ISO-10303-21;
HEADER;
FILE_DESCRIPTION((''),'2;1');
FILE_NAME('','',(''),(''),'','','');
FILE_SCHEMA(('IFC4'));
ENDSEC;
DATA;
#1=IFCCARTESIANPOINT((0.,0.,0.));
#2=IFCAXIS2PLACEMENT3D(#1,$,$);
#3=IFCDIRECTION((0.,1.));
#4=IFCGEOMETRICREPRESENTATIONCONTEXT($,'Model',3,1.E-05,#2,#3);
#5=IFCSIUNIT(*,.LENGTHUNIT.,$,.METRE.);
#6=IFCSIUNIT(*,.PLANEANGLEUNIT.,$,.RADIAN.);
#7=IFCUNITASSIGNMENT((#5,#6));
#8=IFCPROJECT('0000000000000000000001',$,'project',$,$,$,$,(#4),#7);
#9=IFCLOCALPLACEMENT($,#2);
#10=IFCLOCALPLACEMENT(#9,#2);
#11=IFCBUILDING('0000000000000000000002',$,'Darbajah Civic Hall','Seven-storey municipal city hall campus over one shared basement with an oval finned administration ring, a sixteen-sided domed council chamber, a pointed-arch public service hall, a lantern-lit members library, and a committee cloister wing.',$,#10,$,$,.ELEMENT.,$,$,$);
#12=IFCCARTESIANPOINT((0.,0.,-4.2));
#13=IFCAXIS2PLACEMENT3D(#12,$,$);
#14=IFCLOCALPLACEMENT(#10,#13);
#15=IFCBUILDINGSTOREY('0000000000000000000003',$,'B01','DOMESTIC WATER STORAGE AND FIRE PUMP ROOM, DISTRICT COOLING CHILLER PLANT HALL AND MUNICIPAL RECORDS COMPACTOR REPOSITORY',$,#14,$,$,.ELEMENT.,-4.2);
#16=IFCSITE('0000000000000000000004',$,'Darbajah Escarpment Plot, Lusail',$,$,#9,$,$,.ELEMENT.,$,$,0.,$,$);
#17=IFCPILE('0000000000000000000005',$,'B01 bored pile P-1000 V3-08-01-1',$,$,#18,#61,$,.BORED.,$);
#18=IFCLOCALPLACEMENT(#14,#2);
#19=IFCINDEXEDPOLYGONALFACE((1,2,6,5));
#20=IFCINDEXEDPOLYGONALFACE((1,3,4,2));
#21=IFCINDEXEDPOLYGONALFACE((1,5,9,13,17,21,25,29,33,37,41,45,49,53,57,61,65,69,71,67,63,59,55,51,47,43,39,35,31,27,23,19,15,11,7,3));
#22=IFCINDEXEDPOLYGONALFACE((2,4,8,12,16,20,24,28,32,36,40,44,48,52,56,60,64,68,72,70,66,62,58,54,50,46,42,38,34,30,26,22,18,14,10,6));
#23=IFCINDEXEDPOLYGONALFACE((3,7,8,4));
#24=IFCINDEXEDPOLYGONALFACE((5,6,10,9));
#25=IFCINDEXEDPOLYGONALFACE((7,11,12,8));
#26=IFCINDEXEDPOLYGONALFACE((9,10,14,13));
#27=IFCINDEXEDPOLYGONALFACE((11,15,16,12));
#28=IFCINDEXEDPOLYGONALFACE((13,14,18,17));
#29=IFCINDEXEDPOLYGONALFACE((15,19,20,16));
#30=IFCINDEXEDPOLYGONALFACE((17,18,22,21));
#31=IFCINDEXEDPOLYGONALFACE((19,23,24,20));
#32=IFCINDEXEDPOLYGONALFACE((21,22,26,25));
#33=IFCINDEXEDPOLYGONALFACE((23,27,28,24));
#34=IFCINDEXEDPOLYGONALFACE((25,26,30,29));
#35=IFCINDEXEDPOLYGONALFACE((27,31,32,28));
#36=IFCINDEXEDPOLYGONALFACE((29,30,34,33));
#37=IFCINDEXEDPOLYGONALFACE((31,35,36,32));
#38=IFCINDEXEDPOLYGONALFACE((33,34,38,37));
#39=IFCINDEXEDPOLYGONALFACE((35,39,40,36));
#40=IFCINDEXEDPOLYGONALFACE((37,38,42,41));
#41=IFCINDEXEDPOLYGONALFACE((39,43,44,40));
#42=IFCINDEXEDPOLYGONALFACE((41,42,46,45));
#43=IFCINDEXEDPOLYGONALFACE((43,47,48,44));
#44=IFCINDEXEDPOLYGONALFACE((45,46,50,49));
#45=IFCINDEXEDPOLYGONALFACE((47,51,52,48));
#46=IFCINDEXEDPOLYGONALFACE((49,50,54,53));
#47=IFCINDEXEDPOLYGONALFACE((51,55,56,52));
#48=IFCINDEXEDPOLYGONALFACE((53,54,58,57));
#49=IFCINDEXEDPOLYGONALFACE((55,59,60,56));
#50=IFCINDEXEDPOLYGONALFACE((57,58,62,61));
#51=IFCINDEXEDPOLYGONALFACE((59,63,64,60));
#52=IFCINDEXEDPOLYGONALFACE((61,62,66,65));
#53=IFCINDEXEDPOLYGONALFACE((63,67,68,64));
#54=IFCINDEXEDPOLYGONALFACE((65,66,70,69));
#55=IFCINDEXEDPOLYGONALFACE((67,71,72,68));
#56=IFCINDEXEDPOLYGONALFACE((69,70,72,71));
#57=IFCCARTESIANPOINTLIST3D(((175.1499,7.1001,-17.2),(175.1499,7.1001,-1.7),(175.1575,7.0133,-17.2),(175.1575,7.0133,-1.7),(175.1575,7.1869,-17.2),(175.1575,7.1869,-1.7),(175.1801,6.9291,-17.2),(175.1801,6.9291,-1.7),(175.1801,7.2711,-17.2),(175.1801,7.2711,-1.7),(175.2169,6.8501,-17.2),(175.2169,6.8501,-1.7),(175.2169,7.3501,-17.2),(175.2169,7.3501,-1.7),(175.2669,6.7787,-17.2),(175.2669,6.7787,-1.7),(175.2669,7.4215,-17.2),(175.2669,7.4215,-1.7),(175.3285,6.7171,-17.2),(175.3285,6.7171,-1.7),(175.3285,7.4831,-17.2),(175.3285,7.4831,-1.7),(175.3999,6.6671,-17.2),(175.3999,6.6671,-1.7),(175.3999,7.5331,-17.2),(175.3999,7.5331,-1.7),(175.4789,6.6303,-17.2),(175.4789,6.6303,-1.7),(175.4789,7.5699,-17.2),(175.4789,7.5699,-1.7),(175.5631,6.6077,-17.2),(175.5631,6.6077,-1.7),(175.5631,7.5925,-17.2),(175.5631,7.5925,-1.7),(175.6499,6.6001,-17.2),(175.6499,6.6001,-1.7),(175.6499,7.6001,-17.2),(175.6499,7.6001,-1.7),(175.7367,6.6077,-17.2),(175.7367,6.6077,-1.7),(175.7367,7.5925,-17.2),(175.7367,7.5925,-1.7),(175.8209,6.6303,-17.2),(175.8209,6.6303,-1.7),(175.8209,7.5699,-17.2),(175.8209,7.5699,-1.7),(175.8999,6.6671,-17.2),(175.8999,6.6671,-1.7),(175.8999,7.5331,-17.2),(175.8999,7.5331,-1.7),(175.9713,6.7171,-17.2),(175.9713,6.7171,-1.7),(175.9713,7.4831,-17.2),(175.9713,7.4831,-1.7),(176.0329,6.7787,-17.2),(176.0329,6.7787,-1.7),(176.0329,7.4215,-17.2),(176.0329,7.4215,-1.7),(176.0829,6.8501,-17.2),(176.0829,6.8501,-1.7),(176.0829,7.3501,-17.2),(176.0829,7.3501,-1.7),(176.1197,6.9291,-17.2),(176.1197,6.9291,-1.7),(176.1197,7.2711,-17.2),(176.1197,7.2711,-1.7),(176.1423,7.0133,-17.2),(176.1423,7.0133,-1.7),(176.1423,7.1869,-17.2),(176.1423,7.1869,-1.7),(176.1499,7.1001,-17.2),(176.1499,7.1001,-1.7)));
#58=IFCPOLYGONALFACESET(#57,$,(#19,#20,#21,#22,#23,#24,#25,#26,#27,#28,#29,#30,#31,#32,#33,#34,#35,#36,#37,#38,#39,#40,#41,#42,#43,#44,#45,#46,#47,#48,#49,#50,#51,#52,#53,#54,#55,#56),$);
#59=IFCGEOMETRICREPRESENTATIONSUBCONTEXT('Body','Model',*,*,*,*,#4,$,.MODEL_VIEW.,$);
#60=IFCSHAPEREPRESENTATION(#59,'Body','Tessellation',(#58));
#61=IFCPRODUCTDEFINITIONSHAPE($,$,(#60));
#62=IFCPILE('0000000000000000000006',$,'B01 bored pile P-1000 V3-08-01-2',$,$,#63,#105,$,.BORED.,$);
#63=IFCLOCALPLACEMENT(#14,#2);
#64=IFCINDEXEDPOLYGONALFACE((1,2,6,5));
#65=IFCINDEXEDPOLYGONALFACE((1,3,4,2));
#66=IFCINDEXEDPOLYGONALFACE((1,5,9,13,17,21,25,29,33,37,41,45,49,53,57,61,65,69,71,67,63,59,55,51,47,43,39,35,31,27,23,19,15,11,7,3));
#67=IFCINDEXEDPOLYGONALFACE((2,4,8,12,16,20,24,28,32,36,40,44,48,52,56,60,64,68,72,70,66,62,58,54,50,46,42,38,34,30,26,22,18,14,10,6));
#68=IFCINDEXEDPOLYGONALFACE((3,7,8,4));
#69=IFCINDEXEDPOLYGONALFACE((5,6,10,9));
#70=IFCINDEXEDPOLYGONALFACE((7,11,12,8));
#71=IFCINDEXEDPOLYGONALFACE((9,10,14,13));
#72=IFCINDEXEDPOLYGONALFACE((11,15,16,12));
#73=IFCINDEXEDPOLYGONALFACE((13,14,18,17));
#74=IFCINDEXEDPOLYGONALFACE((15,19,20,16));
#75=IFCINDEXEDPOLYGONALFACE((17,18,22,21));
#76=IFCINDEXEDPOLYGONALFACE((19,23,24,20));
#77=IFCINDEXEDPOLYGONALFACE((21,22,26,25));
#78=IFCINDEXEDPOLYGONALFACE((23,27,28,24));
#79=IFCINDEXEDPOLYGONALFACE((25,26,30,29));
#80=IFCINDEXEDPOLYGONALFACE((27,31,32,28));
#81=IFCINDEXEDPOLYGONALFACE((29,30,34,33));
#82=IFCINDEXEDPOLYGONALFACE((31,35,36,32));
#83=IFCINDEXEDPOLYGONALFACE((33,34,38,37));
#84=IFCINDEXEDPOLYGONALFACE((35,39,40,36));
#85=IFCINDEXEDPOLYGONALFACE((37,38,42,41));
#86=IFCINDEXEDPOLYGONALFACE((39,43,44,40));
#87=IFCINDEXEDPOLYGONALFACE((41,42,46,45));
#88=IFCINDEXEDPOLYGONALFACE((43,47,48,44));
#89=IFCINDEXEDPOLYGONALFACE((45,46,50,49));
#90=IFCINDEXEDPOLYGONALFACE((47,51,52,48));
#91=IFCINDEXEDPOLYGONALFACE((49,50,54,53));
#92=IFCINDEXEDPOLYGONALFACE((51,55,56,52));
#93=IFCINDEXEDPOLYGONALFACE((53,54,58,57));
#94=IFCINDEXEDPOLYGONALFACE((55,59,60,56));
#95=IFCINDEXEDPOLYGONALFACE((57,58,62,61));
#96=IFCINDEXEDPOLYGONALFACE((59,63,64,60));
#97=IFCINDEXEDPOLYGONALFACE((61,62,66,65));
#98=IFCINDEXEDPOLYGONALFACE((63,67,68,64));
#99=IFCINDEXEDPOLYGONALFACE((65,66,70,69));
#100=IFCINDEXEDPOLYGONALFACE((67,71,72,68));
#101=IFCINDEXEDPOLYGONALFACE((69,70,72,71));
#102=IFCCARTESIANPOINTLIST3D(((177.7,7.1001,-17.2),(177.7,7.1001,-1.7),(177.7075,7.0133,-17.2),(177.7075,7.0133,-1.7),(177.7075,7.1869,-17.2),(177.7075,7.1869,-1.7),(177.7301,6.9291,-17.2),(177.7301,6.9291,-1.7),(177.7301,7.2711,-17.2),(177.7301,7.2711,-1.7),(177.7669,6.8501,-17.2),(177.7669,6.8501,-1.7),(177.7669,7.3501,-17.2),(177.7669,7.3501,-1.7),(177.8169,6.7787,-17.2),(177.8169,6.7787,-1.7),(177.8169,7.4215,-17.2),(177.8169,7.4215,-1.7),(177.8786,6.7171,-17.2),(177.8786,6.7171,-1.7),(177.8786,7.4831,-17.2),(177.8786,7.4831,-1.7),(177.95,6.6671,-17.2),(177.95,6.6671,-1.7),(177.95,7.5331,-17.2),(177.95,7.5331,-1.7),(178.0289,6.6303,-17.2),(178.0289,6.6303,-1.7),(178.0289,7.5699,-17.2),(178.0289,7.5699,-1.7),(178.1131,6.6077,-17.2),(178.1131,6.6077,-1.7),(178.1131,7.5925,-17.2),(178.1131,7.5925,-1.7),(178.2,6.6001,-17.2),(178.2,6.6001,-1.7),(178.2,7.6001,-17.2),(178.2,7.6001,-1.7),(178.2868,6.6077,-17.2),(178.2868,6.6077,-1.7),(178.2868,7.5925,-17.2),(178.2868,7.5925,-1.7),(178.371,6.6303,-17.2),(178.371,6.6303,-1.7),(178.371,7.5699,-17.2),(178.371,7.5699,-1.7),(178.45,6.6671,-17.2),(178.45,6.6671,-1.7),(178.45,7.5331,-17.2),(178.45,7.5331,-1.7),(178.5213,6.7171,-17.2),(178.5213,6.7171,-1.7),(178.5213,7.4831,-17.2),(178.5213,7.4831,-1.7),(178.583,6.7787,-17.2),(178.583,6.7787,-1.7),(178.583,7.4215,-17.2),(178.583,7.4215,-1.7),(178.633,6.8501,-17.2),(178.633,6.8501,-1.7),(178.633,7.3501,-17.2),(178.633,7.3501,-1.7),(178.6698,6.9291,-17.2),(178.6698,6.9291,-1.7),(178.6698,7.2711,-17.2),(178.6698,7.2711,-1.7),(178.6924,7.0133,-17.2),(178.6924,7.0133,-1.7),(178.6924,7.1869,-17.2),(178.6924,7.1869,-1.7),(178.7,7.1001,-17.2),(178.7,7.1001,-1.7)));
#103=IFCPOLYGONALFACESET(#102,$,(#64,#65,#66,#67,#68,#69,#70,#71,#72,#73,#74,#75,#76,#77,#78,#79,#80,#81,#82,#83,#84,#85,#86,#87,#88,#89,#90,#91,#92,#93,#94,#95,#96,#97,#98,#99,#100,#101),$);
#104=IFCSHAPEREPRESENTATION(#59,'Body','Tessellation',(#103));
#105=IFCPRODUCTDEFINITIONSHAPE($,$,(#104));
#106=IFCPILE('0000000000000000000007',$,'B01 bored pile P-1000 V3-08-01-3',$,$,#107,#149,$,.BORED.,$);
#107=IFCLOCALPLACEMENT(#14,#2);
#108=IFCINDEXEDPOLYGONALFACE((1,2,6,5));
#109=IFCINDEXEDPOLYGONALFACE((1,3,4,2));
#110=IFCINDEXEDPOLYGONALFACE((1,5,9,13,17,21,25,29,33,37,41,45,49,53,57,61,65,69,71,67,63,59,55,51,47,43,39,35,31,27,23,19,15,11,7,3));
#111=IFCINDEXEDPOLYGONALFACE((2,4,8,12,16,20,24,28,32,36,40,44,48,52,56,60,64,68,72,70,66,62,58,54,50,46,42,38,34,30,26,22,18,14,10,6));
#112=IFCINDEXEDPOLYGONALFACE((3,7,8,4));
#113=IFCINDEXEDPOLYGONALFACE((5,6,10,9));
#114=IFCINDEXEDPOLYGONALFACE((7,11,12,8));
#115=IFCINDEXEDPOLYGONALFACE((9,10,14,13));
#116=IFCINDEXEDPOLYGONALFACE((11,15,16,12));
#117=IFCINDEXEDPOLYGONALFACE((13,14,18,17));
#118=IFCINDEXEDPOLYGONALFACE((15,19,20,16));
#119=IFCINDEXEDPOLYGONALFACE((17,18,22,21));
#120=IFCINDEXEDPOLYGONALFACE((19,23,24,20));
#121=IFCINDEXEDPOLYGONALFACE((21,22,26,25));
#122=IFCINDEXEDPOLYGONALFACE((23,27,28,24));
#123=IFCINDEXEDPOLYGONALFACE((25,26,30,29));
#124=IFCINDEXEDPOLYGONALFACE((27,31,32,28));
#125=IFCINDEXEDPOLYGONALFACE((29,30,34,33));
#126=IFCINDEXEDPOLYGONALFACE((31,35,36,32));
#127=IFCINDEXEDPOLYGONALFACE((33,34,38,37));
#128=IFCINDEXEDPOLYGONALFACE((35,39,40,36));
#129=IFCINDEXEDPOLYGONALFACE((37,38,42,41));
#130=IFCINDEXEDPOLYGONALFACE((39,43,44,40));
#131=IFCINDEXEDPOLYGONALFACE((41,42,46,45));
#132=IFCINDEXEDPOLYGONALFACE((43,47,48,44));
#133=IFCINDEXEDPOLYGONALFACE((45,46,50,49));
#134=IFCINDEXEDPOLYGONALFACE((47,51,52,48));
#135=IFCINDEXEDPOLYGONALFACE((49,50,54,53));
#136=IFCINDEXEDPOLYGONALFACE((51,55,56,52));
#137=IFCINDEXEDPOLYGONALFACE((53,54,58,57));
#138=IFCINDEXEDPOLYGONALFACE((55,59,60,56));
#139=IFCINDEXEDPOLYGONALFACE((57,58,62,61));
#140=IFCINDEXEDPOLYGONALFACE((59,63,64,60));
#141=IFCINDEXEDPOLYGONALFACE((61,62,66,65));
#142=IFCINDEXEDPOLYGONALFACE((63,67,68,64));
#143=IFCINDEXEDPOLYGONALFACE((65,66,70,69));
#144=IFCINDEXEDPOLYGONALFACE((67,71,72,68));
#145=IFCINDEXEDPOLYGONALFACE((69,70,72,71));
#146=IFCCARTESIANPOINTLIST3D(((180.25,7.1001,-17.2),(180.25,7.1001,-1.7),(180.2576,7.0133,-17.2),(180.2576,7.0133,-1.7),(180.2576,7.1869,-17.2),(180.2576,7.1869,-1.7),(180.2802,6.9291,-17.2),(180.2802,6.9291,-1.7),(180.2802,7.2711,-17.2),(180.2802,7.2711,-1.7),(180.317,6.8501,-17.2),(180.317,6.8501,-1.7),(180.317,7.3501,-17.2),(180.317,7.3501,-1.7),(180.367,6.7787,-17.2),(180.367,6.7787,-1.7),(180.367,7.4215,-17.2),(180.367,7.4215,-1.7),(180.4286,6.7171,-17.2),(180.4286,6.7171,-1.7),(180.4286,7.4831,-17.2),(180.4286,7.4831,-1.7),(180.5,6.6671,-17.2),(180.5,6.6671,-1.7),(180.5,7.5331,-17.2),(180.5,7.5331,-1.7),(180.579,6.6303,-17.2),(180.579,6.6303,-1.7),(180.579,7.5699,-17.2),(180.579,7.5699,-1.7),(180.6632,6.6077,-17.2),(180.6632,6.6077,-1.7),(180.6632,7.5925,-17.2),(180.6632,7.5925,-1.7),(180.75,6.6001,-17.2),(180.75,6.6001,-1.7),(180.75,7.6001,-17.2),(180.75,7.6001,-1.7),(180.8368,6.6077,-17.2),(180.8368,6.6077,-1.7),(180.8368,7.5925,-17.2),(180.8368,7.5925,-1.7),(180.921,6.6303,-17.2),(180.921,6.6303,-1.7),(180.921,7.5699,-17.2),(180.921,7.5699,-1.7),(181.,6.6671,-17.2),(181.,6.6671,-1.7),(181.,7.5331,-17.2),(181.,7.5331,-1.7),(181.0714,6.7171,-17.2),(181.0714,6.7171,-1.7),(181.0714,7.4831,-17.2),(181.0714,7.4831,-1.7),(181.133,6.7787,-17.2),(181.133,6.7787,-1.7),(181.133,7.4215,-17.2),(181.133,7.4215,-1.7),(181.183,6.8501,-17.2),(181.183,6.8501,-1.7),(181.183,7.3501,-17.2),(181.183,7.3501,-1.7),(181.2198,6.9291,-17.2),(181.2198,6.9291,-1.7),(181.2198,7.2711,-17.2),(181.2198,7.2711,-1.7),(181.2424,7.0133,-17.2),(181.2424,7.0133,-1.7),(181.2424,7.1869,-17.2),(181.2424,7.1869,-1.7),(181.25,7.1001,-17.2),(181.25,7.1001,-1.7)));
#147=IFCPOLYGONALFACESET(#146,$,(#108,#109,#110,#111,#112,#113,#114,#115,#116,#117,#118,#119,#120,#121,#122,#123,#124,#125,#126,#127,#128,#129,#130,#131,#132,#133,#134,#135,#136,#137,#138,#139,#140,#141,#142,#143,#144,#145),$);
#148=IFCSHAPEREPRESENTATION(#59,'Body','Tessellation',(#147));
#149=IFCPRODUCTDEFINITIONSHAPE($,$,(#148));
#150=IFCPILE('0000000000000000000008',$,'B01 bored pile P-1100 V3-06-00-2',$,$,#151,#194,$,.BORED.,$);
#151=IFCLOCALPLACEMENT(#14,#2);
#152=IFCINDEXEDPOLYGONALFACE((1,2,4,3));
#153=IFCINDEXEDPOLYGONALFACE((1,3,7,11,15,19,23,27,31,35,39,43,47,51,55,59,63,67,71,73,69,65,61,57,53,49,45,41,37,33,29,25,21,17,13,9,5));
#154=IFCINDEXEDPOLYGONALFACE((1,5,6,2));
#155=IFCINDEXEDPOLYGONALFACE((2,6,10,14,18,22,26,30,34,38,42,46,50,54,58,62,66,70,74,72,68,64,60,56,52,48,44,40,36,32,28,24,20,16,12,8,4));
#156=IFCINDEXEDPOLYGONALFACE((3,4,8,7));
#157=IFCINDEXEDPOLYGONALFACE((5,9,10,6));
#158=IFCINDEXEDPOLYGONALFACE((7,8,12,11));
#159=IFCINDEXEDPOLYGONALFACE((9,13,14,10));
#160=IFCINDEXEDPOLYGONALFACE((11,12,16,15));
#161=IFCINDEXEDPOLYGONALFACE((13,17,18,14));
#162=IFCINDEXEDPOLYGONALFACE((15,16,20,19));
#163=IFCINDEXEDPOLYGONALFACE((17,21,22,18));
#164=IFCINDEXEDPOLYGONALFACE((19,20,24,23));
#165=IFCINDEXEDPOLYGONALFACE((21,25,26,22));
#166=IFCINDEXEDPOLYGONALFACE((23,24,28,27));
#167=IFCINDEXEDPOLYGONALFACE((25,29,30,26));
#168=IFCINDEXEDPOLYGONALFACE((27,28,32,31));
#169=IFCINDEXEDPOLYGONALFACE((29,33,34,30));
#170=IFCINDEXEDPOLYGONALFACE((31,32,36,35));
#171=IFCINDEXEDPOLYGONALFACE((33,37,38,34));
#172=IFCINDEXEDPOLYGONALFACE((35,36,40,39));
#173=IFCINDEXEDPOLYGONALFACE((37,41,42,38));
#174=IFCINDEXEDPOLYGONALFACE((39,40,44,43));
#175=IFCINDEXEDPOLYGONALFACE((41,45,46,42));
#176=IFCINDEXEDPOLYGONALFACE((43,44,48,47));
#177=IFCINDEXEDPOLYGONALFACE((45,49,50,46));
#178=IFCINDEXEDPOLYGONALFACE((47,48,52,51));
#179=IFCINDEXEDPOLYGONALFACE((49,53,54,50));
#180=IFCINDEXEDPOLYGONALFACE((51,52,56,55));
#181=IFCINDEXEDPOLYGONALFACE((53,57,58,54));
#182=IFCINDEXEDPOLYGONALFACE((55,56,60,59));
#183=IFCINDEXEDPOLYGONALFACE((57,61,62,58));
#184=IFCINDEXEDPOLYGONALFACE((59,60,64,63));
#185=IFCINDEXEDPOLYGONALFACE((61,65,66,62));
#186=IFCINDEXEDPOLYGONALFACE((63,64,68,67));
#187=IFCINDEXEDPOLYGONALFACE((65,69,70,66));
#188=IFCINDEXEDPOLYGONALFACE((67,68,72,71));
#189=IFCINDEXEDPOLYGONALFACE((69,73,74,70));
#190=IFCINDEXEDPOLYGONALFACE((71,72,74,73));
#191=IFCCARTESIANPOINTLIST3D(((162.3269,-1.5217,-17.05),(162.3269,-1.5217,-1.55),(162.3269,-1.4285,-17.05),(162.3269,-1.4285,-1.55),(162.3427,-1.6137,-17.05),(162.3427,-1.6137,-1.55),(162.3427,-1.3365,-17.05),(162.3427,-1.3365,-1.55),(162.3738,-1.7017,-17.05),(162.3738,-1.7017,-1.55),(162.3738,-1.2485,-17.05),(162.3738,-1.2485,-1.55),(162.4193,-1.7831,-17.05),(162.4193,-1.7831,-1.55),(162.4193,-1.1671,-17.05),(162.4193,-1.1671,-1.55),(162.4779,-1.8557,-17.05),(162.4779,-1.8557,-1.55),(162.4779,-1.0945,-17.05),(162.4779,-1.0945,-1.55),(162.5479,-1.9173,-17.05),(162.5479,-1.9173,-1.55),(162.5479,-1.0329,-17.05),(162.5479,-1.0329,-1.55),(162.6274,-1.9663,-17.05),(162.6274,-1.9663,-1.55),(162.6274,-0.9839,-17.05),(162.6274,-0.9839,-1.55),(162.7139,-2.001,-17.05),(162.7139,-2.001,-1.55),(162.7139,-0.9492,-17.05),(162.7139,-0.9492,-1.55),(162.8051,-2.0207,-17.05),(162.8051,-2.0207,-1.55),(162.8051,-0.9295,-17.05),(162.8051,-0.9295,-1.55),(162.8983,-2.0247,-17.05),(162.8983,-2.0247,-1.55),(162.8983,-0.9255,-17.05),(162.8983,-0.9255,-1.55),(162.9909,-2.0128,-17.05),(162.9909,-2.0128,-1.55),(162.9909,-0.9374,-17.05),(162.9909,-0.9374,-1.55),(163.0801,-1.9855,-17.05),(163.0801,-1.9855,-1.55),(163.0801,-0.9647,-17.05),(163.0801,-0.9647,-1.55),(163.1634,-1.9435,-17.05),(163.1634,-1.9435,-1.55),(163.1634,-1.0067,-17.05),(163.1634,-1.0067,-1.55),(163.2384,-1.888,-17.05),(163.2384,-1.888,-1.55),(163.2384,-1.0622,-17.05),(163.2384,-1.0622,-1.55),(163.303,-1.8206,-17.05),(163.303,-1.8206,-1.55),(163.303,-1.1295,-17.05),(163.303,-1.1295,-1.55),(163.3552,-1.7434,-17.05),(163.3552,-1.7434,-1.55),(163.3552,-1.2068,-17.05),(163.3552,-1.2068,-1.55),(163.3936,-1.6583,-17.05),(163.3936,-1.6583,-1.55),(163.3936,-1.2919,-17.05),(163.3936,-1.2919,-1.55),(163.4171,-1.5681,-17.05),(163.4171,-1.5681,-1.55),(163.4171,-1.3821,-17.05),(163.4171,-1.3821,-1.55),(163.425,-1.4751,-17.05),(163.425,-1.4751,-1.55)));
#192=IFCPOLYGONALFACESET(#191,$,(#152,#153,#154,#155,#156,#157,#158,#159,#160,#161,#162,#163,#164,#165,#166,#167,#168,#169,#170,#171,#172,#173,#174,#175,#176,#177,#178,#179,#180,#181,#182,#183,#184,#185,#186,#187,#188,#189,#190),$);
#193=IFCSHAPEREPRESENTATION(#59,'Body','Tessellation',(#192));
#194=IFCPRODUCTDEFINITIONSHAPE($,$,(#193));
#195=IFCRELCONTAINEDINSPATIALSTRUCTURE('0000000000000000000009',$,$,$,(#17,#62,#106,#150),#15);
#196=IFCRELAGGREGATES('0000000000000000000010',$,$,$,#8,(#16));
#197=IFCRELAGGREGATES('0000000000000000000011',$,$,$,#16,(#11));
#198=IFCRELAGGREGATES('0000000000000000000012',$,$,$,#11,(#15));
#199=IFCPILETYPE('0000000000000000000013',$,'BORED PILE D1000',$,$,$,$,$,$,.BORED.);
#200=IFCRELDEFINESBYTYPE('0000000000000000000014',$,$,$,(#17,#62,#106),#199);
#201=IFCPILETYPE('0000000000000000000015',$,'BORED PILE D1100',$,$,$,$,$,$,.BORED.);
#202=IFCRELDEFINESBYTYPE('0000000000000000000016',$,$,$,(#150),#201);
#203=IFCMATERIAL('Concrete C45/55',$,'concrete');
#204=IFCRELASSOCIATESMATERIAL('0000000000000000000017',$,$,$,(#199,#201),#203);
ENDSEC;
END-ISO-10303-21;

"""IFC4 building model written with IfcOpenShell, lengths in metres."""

from ifc_helpers import new_model, si_unit, direction, frame, origin, origin_2d, place, context, subcontext, project, spatial, circle, extrude, material, material_profile, profile_set, type_object, element, save


model = new_model("IFC4")

# Units and contexts
model_context = context("Model", 3, precision=1e-05, world=origin(), true_north=direction((0.0, 1.0)))
body_context = subcontext(model_context, "Body", "Model", "MODEL_VIEW")
ifc_project = project(units=[si_unit("LENGTHUNIT", "METRE"), si_unit("PLANEANGLEUNIT", "RADIAN")], contexts=[model_context])

# Site, building, storey
site_placement = place(None, origin())
site = spatial("IfcSite", under=ifc_project, at=site_placement, Name="Darbajah Escarpment Plot, Lusail", CompositionType="ELEMENT", RefElevation=0.0)
building_placement = place(site_placement, origin())
building = spatial("IfcBuilding", under=site, at=building_placement, Name="Darbajah Civic Hall", Description="Seven-storey municipal city hall campus over one shared basement with an oval finned administration ring, a sixteen-sided domed council chamber, a pointed-arch public service hall, a lantern-lit members library, and a committee cloister wing.", CompositionType="ELEMENT")
storey_placement = place(building_placement, frame((0.0, 0.0, -4.2)))
storey = spatial("IfcBuildingStorey", under=building, at=storey_placement, Name="B01", Description="DOMESTIC WATER STORAGE AND FIRE PUMP ROOM, DISTRICT COOLING CHILLER PLANT HALL AND MUNICIPAL RECORDS COMPACTOR REPOSITORY", CompositionType="ELEMENT", Elevation=-4.2)

# Piles
ifc_material_1 = material(Name="Concrete C45/55", Category="concrete")
ifc_material_profile_1 = material_profile(ifc_material_1, circle(Radius=0.5, at=origin_2d()), Name="BORED PILE D1000")
ifc_profile_set_1 = profile_set([ifc_material_profile_1], Name="Concrete C45/55")
pile_type_1 = type_object("IfcPileType", Name="BORED PILE D1000", PredefinedType="BORED", material=ifc_profile_set_1)
for number, where, z_axis, x_axis, name in (
    (1, (175.6499, 7.1001, -1.7), (0.0, 0.0, -1.0), (1.0, 0.0, 0.0), "B01 bored pile P-1000 V3-08-01-1"),
    (2, (178.2, 7.1001, -1.7), (0.0, 0.0, -1.0), (1.0, 0.0, 0.0), "B01 bored pile P-1000 V3-08-01-2"),
    (3, (180.75, 7.1001, -1.7), (0.0, 0.0, -1.0), (1.0, 0.0, 0.0), "B01 bored pile P-1000 V3-08-01-3"),
):
    element("IfcPile", number, at=place(storey_placement, frame(where, z_axis=z_axis, x_axis=x_axis)), inside=storey, type_object=pile_type_1, Name=name, PredefinedType="BORED", context=body_context, shape_type="SweptSolid", body=[
        extrude(circle(Radius=0.5, at=origin_2d()), origin(), (0.0, 0.0, 1.0), 15.5),
    ])
ifc_material_profile_2 = material_profile(ifc_material_1, circle(Radius=0.55, at=origin_2d()), Name="BORED PILE D1100")
ifc_profile_set_2 = profile_set([ifc_material_profile_2], Name="Concrete C45/55")
pile_type_2 = type_object("IfcPileType", Name="BORED PILE D1100", PredefinedType="BORED", material=ifc_profile_set_2)
for number, where, z_axis, x_axis, name in (
    (4, (162.875, -1.4751, -1.55), (0.0, 0.0, -1.0), (1.0, 0.0, 0.0), "B01 bored pile P-1100 V3-06-00-2"),
):
    element("IfcPile", number, at=place(storey_placement, frame(where, z_axis=z_axis, x_axis=x_axis)), inside=storey, type_object=pile_type_2, Name=name, PredefinedType="BORED", context=body_context, shape_type="SweptSolid", body=[
        extrude(circle(Radius=0.55, at=origin_2d()), origin(), (0.0, 0.0, 1.0), 15.5),
    ])

save(model, "model.ifc")
